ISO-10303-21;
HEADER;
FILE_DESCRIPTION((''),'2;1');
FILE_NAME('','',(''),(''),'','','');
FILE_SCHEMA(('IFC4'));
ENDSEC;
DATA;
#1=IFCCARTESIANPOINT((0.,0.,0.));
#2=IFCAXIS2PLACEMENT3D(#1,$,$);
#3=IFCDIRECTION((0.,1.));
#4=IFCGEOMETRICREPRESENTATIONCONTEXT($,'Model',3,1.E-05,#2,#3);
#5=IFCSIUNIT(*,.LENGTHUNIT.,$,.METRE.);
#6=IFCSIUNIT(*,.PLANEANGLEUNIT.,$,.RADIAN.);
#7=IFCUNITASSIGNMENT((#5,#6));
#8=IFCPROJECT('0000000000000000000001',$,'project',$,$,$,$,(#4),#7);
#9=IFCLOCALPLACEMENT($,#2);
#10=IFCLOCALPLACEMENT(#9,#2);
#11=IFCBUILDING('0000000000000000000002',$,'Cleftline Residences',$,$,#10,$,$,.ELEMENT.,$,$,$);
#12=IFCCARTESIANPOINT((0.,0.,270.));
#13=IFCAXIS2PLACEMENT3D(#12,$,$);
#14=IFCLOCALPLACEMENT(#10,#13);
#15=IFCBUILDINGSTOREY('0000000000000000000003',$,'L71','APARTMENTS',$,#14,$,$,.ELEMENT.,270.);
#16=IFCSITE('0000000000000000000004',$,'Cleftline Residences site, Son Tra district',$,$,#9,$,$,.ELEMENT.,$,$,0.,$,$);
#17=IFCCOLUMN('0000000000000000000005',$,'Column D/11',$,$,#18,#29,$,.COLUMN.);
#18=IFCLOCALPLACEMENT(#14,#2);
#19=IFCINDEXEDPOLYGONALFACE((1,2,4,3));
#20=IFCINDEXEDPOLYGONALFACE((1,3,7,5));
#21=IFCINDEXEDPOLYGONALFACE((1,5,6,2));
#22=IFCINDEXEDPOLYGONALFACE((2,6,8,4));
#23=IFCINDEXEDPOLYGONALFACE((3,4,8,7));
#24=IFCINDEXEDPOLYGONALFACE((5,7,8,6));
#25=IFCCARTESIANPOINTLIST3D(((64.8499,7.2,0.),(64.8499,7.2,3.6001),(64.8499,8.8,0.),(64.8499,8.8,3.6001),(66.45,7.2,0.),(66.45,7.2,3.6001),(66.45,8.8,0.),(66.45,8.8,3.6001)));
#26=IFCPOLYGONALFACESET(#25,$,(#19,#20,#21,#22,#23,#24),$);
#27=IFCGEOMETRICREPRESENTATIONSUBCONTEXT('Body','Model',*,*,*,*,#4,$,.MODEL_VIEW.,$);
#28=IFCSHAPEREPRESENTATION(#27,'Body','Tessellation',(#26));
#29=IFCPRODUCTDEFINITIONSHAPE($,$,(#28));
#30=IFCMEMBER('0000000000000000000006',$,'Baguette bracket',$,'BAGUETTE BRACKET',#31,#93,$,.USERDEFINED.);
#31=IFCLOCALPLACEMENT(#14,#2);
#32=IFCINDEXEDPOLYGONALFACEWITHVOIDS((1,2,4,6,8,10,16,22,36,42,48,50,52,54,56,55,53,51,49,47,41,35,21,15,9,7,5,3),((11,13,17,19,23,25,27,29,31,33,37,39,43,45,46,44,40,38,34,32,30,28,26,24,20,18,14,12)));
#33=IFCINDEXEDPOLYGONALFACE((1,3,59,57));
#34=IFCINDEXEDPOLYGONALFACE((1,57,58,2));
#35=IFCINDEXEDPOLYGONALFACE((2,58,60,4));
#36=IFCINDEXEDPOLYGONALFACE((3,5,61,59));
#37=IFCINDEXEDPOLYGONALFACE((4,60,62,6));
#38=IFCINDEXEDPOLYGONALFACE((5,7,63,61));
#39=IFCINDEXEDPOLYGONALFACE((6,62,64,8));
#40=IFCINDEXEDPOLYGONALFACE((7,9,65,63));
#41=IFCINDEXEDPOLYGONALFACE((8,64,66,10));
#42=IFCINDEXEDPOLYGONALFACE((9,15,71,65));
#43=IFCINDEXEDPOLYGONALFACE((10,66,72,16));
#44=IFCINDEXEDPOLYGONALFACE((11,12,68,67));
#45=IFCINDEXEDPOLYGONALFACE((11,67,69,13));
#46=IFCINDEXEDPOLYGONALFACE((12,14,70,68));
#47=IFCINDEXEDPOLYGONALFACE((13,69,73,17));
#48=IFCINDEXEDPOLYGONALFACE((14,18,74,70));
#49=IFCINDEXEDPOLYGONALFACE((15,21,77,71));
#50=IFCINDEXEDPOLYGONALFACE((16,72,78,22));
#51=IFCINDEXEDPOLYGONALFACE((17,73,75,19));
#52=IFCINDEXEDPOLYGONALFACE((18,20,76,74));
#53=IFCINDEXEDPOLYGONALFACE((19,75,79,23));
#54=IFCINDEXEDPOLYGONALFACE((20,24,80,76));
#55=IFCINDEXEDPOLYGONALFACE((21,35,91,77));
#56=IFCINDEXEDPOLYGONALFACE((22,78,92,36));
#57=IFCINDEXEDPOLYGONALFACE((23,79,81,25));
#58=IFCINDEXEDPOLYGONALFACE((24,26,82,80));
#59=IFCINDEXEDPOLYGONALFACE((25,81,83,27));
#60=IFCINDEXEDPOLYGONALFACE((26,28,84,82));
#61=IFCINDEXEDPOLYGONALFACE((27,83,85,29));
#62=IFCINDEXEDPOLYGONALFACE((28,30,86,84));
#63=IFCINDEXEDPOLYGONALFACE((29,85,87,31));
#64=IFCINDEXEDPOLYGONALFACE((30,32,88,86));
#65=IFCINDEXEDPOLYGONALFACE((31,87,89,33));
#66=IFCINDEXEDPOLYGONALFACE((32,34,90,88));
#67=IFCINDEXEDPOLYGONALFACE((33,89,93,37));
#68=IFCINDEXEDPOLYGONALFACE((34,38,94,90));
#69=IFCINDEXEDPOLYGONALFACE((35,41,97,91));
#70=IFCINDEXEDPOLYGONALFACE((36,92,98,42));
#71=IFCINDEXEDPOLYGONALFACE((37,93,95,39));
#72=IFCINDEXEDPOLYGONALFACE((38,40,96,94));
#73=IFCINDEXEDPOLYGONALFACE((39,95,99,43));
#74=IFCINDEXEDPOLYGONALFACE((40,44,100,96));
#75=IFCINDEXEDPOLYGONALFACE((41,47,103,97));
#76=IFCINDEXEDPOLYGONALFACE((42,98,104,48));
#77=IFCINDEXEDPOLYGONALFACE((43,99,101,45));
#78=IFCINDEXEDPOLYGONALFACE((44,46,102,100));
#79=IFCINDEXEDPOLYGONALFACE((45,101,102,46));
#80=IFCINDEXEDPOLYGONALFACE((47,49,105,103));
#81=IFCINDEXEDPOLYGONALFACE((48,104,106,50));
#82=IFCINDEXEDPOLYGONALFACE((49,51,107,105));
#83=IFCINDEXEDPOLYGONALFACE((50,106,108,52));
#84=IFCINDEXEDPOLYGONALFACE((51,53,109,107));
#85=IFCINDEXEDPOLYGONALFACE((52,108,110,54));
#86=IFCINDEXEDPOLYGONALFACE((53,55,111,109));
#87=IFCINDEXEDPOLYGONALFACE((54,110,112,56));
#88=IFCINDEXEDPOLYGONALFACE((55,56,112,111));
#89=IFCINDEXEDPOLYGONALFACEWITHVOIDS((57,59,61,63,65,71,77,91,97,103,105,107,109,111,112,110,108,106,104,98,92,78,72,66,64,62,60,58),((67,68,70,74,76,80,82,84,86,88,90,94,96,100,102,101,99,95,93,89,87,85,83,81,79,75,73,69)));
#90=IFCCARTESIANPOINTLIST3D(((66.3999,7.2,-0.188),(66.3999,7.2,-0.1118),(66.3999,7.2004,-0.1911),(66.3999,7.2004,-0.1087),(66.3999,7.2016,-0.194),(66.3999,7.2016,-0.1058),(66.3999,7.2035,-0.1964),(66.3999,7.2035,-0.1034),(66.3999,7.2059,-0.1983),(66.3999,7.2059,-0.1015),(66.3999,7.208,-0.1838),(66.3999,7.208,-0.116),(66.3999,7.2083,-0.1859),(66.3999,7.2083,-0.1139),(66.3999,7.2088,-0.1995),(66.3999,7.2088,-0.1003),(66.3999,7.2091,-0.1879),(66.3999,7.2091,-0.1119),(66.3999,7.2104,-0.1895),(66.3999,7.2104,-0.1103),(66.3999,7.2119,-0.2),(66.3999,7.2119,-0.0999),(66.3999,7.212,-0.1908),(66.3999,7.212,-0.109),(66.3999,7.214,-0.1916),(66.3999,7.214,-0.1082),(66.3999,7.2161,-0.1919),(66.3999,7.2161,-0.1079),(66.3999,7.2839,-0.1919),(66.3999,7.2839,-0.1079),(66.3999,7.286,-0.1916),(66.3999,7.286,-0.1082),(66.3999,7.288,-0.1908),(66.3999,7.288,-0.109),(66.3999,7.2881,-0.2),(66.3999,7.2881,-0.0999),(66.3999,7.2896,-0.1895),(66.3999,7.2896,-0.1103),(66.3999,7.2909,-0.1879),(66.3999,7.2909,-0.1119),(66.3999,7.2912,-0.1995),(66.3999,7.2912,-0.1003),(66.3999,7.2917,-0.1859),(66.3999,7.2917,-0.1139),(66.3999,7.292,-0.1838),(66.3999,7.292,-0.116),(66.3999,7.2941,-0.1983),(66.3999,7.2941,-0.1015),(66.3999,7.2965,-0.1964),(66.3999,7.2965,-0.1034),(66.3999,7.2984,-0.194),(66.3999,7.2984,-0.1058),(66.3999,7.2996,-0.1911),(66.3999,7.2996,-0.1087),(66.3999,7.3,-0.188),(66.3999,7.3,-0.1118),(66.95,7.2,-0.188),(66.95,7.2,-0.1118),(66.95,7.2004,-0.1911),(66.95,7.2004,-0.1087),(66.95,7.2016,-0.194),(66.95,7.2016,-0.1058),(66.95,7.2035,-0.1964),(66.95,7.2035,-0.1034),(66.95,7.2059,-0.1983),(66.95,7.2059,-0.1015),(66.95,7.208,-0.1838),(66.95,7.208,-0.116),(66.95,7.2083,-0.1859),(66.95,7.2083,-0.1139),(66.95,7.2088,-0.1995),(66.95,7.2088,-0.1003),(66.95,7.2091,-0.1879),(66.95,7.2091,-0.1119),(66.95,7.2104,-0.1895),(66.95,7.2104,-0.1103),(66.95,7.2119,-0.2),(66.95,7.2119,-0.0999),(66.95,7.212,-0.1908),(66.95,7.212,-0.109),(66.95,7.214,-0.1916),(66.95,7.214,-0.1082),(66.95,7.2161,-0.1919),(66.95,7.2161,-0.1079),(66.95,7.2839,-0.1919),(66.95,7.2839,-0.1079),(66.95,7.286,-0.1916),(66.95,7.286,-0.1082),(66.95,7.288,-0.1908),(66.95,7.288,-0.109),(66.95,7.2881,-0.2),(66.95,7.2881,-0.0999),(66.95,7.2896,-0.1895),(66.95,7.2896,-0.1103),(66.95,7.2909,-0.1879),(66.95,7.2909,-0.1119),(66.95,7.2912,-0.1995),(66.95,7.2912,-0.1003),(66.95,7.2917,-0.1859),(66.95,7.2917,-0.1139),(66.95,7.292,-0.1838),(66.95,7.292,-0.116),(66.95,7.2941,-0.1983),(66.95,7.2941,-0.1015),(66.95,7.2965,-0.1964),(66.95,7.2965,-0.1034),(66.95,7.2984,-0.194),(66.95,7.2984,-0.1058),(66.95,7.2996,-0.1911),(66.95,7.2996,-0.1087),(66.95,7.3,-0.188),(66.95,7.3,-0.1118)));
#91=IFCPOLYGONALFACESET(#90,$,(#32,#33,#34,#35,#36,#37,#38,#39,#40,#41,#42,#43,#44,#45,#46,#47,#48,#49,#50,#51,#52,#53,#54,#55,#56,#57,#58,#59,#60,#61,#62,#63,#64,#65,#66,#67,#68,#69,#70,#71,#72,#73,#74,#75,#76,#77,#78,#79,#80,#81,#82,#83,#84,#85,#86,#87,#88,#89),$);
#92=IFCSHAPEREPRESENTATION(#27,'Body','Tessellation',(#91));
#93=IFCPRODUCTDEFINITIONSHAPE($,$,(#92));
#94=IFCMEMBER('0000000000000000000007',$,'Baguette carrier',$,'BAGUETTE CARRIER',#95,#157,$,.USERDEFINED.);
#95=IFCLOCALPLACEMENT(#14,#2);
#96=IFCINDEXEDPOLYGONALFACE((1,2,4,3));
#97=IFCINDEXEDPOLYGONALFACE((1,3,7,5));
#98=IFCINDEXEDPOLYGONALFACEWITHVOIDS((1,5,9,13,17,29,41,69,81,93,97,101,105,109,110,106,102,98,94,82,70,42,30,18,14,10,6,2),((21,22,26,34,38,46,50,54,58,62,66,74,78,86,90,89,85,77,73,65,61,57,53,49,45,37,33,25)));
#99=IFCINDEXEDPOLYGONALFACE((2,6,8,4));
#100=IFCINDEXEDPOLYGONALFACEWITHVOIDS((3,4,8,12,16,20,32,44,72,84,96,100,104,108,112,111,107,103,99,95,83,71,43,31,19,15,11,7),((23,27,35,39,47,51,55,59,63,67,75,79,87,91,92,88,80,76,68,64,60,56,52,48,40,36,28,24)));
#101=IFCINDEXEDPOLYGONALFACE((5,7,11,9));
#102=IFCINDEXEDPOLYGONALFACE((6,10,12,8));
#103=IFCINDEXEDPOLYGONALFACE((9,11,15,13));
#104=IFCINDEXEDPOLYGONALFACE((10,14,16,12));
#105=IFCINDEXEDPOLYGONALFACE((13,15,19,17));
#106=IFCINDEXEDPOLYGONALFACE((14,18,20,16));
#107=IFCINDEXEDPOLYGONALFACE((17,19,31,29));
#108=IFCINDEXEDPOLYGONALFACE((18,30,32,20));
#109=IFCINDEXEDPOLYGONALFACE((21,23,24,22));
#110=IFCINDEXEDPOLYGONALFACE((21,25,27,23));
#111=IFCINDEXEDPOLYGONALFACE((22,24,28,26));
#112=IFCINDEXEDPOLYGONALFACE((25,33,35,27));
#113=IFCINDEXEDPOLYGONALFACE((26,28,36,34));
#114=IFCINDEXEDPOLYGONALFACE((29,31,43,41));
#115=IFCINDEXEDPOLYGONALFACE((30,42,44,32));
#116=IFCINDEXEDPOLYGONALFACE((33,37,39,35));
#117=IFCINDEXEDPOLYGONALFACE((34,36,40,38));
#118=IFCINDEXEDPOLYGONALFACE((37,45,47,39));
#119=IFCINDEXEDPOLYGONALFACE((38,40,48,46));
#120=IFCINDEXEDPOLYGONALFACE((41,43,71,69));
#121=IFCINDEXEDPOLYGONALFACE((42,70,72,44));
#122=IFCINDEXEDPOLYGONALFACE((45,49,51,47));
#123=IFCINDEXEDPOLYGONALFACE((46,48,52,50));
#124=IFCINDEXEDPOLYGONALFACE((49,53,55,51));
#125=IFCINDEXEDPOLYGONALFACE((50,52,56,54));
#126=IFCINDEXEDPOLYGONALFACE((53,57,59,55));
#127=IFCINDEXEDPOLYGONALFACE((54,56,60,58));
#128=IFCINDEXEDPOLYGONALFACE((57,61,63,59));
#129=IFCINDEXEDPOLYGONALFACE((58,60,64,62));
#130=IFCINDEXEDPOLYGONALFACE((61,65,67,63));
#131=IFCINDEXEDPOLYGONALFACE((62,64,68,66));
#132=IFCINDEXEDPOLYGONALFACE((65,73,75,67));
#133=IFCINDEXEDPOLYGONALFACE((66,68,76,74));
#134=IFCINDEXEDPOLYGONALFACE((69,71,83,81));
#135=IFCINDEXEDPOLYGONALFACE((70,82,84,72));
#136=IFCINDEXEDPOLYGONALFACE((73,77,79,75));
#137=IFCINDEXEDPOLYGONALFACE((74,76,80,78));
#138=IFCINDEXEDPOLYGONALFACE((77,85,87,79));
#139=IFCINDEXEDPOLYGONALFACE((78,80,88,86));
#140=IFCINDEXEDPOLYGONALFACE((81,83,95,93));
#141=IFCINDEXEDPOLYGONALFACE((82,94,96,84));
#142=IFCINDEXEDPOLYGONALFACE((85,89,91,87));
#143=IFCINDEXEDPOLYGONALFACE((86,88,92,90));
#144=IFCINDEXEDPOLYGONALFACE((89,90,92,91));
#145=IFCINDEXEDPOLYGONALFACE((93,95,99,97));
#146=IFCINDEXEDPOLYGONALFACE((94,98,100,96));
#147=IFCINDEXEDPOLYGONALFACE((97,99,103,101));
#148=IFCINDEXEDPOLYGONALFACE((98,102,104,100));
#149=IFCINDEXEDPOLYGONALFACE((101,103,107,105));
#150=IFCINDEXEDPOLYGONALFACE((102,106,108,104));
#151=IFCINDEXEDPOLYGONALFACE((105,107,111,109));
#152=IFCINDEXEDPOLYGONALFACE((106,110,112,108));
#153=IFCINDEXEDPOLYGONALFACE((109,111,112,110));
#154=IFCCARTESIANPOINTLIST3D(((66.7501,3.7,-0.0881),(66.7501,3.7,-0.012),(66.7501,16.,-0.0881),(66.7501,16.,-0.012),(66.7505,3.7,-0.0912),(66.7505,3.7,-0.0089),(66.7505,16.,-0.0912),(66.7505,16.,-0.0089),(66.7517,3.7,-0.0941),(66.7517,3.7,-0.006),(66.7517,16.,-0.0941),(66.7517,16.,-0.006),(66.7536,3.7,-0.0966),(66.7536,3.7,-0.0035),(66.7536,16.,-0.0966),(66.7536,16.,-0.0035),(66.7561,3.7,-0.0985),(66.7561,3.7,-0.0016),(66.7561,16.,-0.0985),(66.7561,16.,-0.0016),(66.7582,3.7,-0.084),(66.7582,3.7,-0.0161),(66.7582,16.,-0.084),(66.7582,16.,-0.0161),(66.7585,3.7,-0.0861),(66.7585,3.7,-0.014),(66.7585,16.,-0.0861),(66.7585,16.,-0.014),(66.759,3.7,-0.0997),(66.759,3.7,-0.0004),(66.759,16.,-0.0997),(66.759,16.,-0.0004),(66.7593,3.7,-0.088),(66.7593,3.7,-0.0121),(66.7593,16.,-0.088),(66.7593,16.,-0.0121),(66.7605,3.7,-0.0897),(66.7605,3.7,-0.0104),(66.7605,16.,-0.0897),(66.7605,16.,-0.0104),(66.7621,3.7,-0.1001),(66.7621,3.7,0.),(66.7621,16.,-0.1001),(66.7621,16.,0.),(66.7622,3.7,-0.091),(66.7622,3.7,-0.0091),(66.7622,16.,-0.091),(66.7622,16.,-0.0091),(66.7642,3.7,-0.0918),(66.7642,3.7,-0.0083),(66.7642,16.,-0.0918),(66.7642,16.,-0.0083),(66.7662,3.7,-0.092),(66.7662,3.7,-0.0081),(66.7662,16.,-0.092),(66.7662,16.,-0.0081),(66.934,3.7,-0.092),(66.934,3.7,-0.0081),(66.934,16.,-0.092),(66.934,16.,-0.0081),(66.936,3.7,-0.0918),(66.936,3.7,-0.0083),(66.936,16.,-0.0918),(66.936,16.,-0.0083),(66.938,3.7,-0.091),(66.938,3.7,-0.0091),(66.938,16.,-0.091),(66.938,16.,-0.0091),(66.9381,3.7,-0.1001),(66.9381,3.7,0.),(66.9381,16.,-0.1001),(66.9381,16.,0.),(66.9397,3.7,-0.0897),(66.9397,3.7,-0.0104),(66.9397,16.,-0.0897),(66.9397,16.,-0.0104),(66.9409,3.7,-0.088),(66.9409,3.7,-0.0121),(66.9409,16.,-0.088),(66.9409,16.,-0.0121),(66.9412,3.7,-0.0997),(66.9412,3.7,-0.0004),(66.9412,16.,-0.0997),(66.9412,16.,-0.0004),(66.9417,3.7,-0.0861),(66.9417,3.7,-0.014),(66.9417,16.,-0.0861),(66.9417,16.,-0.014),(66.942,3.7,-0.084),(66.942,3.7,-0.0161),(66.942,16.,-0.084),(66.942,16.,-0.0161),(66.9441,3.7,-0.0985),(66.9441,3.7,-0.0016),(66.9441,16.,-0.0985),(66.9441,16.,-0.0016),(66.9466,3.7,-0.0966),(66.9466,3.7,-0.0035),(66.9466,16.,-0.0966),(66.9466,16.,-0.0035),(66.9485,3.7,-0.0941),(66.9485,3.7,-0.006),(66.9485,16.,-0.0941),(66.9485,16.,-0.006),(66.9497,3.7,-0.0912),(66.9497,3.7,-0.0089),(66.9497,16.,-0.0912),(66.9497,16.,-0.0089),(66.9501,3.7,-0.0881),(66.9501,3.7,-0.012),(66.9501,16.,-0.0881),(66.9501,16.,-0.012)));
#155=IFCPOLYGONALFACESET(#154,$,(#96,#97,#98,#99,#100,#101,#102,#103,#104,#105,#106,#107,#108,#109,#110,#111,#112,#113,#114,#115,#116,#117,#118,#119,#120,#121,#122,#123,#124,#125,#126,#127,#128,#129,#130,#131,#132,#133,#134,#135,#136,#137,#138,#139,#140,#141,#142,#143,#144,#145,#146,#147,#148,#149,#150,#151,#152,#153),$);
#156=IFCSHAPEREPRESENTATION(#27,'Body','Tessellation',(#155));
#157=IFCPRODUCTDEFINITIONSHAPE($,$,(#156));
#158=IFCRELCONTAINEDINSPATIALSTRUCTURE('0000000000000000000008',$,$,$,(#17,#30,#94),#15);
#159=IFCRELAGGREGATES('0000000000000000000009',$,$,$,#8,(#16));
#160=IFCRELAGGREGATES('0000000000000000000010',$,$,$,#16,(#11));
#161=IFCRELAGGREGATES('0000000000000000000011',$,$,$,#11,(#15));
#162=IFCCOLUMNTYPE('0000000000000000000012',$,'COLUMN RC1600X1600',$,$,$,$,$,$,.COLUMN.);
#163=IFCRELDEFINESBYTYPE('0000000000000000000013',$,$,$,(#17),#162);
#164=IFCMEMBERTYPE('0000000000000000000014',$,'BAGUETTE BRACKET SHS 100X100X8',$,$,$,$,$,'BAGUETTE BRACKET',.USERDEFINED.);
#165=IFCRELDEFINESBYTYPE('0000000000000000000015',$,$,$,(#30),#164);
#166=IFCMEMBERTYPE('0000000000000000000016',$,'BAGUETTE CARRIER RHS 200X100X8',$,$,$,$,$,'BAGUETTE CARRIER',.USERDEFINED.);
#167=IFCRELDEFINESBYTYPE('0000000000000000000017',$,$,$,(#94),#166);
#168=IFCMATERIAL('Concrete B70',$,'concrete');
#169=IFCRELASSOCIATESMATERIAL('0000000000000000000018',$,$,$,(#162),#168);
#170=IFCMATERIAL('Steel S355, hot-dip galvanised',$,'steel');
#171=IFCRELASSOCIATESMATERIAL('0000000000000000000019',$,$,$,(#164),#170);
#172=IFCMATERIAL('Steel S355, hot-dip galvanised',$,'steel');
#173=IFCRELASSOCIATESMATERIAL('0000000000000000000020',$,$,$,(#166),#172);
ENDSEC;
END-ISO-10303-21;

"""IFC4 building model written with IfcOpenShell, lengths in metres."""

from ifc_helpers import new_model, si_unit, direction, frame, origin, origin_2d, place, context, subcontext, project, spatial, rectangle, hollow_rectangle, extrude, material, material_profile, profile_set, type_object, element, save


model = new_model("IFC4")

# Units and contexts
model_context = context("Model", 3, precision=1e-05, world=origin(), true_north=direction((0.0, 1.0)))
body_context = subcontext(model_context, "Body", "Model", "MODEL_VIEW")
ifc_project = project(units=[si_unit("LENGTHUNIT", "METRE"), si_unit("PLANEANGLEUNIT", "RADIAN")], contexts=[model_context])

# Site, building, storey
site_placement = place(None, origin())
site = spatial("IfcSite", under=ifc_project, at=site_placement, Name="Cleftline Residences site, Son Tra district", CompositionType="ELEMENT", RefElevation=0.0)
building_placement = place(site_placement, origin())
building = spatial("IfcBuilding", under=site, at=building_placement, Name="Cleftline Residences", CompositionType="ELEMENT")
storey_placement = place(building_placement, frame((0.0, 0.0, 270.0)))
storey = spatial("IfcBuildingStorey", under=building, at=storey_placement, Name="L71", Description="APARTMENTS", CompositionType="ELEMENT", Elevation=270.0)

# Column
ifc_material_1 = material(Name="Concrete B70", Category="concrete")
ifc_material_profile_1 = material_profile(ifc_material_1, rectangle(XDim=1.6001, YDim=1.6001, at=origin_2d()))
ifc_profile_set_1 = profile_set([ifc_material_profile_1], Name="Concrete B70")
column_type = type_object("IfcColumnType", Name="COLUMN RC1600X1600", PredefinedType="COLUMN", material=ifc_profile_set_1)
column_placement = place(storey_placement, frame((65.6499, 8.0, 0.0), z_axis=(0.0, 0.0, 1.0), x_axis=(1.0, 0.0, 0.0)))
element("IfcColumn", 1, at=column_placement, inside=storey, type_object=column_type, Name="Column D/11", PredefinedType="COLUMN", context=body_context, shape_type="SweptSolid", body=[
    extrude(rectangle(XDim=1.6001, YDim=1.6001, at=origin_2d()), origin(), (0.0, 0.0, 1.0), 3.6001),
])

# Members
ifc_material_2 = material(Name="Steel S355, hot-dip galvanised", Category="steel")
ifc_material_profile_2 = material_profile(ifc_material_2, hollow_rectangle(XDim=0.1001, YDim=0.1001, WallThickness=0.0081, InnerFilletRadius=0.0081, OuterFilletRadius=0.012, at=origin_2d()))
ifc_profile_set_2 = profile_set([ifc_material_profile_2], Name="Steel S355, hot-dip galvanised")
member_type_1 = type_object("IfcMemberType", Name="BAGUETTE BRACKET SHS 100X100X8", ElementType="BAGUETTE BRACKET", PredefinedType="USERDEFINED", material=ifc_profile_set_2)
member_1_placement = place(storey_placement, frame((66.3999, 7.25, -0.1499), z_axis=(1.0, 0.0, 0.0), x_axis=(0.0, 1.0, 0.0)))
element("IfcMember", 2, at=member_1_placement, inside=storey, type_object=member_type_1, Name="Baguette bracket", ObjectType="BAGUETTE BRACKET", PredefinedType="USERDEFINED", context=body_context, shape_type="SweptSolid", body=[
    extrude(hollow_rectangle(XDim=0.1001, YDim=0.1001, WallThickness=0.0081, InnerFilletRadius=0.0081, OuterFilletRadius=0.012, at=origin_2d()), origin(), (0.0, 0.0, 1.0), 0.55),
])
ifc_material_3 = material(Name="Steel S355, hot-dip galvanised", Category="steel")
ifc_material_profile_3 = material_profile(ifc_material_3, hollow_rectangle(XDim=0.1001, YDim=0.2, WallThickness=0.0081, InnerFilletRadius=0.0081, OuterFilletRadius=0.012, at=origin_2d()))
ifc_profile_set_3 = profile_set([ifc_material_profile_3], Name="Steel S355, hot-dip galvanised")
member_type_2 = type_object("IfcMemberType", Name="BAGUETTE CARRIER RHS 200X100X8", ElementType="BAGUETTE CARRIER", PredefinedType="USERDEFINED", material=ifc_profile_set_3)
member_2_placement = place(storey_placement, frame((66.8501, 3.7, -0.05), z_axis=(0.0, 1.0, 0.0), x_axis=(0.0, 0.0, 1.0)))
element("IfcMember", 3, at=member_2_placement, inside=storey, type_object=member_type_2, Name="Baguette carrier", ObjectType="BAGUETTE CARRIER", PredefinedType="USERDEFINED", context=body_context, shape_type="SweptSolid", body=[
    extrude(hollow_rectangle(XDim=0.1001, YDim=0.2, WallThickness=0.0081, InnerFilletRadius=0.0081, OuterFilletRadius=0.012, at=origin_2d()), origin(), (0.0, 0.0, 1.0), 12.3),
])

save(model, "model.ifc")
